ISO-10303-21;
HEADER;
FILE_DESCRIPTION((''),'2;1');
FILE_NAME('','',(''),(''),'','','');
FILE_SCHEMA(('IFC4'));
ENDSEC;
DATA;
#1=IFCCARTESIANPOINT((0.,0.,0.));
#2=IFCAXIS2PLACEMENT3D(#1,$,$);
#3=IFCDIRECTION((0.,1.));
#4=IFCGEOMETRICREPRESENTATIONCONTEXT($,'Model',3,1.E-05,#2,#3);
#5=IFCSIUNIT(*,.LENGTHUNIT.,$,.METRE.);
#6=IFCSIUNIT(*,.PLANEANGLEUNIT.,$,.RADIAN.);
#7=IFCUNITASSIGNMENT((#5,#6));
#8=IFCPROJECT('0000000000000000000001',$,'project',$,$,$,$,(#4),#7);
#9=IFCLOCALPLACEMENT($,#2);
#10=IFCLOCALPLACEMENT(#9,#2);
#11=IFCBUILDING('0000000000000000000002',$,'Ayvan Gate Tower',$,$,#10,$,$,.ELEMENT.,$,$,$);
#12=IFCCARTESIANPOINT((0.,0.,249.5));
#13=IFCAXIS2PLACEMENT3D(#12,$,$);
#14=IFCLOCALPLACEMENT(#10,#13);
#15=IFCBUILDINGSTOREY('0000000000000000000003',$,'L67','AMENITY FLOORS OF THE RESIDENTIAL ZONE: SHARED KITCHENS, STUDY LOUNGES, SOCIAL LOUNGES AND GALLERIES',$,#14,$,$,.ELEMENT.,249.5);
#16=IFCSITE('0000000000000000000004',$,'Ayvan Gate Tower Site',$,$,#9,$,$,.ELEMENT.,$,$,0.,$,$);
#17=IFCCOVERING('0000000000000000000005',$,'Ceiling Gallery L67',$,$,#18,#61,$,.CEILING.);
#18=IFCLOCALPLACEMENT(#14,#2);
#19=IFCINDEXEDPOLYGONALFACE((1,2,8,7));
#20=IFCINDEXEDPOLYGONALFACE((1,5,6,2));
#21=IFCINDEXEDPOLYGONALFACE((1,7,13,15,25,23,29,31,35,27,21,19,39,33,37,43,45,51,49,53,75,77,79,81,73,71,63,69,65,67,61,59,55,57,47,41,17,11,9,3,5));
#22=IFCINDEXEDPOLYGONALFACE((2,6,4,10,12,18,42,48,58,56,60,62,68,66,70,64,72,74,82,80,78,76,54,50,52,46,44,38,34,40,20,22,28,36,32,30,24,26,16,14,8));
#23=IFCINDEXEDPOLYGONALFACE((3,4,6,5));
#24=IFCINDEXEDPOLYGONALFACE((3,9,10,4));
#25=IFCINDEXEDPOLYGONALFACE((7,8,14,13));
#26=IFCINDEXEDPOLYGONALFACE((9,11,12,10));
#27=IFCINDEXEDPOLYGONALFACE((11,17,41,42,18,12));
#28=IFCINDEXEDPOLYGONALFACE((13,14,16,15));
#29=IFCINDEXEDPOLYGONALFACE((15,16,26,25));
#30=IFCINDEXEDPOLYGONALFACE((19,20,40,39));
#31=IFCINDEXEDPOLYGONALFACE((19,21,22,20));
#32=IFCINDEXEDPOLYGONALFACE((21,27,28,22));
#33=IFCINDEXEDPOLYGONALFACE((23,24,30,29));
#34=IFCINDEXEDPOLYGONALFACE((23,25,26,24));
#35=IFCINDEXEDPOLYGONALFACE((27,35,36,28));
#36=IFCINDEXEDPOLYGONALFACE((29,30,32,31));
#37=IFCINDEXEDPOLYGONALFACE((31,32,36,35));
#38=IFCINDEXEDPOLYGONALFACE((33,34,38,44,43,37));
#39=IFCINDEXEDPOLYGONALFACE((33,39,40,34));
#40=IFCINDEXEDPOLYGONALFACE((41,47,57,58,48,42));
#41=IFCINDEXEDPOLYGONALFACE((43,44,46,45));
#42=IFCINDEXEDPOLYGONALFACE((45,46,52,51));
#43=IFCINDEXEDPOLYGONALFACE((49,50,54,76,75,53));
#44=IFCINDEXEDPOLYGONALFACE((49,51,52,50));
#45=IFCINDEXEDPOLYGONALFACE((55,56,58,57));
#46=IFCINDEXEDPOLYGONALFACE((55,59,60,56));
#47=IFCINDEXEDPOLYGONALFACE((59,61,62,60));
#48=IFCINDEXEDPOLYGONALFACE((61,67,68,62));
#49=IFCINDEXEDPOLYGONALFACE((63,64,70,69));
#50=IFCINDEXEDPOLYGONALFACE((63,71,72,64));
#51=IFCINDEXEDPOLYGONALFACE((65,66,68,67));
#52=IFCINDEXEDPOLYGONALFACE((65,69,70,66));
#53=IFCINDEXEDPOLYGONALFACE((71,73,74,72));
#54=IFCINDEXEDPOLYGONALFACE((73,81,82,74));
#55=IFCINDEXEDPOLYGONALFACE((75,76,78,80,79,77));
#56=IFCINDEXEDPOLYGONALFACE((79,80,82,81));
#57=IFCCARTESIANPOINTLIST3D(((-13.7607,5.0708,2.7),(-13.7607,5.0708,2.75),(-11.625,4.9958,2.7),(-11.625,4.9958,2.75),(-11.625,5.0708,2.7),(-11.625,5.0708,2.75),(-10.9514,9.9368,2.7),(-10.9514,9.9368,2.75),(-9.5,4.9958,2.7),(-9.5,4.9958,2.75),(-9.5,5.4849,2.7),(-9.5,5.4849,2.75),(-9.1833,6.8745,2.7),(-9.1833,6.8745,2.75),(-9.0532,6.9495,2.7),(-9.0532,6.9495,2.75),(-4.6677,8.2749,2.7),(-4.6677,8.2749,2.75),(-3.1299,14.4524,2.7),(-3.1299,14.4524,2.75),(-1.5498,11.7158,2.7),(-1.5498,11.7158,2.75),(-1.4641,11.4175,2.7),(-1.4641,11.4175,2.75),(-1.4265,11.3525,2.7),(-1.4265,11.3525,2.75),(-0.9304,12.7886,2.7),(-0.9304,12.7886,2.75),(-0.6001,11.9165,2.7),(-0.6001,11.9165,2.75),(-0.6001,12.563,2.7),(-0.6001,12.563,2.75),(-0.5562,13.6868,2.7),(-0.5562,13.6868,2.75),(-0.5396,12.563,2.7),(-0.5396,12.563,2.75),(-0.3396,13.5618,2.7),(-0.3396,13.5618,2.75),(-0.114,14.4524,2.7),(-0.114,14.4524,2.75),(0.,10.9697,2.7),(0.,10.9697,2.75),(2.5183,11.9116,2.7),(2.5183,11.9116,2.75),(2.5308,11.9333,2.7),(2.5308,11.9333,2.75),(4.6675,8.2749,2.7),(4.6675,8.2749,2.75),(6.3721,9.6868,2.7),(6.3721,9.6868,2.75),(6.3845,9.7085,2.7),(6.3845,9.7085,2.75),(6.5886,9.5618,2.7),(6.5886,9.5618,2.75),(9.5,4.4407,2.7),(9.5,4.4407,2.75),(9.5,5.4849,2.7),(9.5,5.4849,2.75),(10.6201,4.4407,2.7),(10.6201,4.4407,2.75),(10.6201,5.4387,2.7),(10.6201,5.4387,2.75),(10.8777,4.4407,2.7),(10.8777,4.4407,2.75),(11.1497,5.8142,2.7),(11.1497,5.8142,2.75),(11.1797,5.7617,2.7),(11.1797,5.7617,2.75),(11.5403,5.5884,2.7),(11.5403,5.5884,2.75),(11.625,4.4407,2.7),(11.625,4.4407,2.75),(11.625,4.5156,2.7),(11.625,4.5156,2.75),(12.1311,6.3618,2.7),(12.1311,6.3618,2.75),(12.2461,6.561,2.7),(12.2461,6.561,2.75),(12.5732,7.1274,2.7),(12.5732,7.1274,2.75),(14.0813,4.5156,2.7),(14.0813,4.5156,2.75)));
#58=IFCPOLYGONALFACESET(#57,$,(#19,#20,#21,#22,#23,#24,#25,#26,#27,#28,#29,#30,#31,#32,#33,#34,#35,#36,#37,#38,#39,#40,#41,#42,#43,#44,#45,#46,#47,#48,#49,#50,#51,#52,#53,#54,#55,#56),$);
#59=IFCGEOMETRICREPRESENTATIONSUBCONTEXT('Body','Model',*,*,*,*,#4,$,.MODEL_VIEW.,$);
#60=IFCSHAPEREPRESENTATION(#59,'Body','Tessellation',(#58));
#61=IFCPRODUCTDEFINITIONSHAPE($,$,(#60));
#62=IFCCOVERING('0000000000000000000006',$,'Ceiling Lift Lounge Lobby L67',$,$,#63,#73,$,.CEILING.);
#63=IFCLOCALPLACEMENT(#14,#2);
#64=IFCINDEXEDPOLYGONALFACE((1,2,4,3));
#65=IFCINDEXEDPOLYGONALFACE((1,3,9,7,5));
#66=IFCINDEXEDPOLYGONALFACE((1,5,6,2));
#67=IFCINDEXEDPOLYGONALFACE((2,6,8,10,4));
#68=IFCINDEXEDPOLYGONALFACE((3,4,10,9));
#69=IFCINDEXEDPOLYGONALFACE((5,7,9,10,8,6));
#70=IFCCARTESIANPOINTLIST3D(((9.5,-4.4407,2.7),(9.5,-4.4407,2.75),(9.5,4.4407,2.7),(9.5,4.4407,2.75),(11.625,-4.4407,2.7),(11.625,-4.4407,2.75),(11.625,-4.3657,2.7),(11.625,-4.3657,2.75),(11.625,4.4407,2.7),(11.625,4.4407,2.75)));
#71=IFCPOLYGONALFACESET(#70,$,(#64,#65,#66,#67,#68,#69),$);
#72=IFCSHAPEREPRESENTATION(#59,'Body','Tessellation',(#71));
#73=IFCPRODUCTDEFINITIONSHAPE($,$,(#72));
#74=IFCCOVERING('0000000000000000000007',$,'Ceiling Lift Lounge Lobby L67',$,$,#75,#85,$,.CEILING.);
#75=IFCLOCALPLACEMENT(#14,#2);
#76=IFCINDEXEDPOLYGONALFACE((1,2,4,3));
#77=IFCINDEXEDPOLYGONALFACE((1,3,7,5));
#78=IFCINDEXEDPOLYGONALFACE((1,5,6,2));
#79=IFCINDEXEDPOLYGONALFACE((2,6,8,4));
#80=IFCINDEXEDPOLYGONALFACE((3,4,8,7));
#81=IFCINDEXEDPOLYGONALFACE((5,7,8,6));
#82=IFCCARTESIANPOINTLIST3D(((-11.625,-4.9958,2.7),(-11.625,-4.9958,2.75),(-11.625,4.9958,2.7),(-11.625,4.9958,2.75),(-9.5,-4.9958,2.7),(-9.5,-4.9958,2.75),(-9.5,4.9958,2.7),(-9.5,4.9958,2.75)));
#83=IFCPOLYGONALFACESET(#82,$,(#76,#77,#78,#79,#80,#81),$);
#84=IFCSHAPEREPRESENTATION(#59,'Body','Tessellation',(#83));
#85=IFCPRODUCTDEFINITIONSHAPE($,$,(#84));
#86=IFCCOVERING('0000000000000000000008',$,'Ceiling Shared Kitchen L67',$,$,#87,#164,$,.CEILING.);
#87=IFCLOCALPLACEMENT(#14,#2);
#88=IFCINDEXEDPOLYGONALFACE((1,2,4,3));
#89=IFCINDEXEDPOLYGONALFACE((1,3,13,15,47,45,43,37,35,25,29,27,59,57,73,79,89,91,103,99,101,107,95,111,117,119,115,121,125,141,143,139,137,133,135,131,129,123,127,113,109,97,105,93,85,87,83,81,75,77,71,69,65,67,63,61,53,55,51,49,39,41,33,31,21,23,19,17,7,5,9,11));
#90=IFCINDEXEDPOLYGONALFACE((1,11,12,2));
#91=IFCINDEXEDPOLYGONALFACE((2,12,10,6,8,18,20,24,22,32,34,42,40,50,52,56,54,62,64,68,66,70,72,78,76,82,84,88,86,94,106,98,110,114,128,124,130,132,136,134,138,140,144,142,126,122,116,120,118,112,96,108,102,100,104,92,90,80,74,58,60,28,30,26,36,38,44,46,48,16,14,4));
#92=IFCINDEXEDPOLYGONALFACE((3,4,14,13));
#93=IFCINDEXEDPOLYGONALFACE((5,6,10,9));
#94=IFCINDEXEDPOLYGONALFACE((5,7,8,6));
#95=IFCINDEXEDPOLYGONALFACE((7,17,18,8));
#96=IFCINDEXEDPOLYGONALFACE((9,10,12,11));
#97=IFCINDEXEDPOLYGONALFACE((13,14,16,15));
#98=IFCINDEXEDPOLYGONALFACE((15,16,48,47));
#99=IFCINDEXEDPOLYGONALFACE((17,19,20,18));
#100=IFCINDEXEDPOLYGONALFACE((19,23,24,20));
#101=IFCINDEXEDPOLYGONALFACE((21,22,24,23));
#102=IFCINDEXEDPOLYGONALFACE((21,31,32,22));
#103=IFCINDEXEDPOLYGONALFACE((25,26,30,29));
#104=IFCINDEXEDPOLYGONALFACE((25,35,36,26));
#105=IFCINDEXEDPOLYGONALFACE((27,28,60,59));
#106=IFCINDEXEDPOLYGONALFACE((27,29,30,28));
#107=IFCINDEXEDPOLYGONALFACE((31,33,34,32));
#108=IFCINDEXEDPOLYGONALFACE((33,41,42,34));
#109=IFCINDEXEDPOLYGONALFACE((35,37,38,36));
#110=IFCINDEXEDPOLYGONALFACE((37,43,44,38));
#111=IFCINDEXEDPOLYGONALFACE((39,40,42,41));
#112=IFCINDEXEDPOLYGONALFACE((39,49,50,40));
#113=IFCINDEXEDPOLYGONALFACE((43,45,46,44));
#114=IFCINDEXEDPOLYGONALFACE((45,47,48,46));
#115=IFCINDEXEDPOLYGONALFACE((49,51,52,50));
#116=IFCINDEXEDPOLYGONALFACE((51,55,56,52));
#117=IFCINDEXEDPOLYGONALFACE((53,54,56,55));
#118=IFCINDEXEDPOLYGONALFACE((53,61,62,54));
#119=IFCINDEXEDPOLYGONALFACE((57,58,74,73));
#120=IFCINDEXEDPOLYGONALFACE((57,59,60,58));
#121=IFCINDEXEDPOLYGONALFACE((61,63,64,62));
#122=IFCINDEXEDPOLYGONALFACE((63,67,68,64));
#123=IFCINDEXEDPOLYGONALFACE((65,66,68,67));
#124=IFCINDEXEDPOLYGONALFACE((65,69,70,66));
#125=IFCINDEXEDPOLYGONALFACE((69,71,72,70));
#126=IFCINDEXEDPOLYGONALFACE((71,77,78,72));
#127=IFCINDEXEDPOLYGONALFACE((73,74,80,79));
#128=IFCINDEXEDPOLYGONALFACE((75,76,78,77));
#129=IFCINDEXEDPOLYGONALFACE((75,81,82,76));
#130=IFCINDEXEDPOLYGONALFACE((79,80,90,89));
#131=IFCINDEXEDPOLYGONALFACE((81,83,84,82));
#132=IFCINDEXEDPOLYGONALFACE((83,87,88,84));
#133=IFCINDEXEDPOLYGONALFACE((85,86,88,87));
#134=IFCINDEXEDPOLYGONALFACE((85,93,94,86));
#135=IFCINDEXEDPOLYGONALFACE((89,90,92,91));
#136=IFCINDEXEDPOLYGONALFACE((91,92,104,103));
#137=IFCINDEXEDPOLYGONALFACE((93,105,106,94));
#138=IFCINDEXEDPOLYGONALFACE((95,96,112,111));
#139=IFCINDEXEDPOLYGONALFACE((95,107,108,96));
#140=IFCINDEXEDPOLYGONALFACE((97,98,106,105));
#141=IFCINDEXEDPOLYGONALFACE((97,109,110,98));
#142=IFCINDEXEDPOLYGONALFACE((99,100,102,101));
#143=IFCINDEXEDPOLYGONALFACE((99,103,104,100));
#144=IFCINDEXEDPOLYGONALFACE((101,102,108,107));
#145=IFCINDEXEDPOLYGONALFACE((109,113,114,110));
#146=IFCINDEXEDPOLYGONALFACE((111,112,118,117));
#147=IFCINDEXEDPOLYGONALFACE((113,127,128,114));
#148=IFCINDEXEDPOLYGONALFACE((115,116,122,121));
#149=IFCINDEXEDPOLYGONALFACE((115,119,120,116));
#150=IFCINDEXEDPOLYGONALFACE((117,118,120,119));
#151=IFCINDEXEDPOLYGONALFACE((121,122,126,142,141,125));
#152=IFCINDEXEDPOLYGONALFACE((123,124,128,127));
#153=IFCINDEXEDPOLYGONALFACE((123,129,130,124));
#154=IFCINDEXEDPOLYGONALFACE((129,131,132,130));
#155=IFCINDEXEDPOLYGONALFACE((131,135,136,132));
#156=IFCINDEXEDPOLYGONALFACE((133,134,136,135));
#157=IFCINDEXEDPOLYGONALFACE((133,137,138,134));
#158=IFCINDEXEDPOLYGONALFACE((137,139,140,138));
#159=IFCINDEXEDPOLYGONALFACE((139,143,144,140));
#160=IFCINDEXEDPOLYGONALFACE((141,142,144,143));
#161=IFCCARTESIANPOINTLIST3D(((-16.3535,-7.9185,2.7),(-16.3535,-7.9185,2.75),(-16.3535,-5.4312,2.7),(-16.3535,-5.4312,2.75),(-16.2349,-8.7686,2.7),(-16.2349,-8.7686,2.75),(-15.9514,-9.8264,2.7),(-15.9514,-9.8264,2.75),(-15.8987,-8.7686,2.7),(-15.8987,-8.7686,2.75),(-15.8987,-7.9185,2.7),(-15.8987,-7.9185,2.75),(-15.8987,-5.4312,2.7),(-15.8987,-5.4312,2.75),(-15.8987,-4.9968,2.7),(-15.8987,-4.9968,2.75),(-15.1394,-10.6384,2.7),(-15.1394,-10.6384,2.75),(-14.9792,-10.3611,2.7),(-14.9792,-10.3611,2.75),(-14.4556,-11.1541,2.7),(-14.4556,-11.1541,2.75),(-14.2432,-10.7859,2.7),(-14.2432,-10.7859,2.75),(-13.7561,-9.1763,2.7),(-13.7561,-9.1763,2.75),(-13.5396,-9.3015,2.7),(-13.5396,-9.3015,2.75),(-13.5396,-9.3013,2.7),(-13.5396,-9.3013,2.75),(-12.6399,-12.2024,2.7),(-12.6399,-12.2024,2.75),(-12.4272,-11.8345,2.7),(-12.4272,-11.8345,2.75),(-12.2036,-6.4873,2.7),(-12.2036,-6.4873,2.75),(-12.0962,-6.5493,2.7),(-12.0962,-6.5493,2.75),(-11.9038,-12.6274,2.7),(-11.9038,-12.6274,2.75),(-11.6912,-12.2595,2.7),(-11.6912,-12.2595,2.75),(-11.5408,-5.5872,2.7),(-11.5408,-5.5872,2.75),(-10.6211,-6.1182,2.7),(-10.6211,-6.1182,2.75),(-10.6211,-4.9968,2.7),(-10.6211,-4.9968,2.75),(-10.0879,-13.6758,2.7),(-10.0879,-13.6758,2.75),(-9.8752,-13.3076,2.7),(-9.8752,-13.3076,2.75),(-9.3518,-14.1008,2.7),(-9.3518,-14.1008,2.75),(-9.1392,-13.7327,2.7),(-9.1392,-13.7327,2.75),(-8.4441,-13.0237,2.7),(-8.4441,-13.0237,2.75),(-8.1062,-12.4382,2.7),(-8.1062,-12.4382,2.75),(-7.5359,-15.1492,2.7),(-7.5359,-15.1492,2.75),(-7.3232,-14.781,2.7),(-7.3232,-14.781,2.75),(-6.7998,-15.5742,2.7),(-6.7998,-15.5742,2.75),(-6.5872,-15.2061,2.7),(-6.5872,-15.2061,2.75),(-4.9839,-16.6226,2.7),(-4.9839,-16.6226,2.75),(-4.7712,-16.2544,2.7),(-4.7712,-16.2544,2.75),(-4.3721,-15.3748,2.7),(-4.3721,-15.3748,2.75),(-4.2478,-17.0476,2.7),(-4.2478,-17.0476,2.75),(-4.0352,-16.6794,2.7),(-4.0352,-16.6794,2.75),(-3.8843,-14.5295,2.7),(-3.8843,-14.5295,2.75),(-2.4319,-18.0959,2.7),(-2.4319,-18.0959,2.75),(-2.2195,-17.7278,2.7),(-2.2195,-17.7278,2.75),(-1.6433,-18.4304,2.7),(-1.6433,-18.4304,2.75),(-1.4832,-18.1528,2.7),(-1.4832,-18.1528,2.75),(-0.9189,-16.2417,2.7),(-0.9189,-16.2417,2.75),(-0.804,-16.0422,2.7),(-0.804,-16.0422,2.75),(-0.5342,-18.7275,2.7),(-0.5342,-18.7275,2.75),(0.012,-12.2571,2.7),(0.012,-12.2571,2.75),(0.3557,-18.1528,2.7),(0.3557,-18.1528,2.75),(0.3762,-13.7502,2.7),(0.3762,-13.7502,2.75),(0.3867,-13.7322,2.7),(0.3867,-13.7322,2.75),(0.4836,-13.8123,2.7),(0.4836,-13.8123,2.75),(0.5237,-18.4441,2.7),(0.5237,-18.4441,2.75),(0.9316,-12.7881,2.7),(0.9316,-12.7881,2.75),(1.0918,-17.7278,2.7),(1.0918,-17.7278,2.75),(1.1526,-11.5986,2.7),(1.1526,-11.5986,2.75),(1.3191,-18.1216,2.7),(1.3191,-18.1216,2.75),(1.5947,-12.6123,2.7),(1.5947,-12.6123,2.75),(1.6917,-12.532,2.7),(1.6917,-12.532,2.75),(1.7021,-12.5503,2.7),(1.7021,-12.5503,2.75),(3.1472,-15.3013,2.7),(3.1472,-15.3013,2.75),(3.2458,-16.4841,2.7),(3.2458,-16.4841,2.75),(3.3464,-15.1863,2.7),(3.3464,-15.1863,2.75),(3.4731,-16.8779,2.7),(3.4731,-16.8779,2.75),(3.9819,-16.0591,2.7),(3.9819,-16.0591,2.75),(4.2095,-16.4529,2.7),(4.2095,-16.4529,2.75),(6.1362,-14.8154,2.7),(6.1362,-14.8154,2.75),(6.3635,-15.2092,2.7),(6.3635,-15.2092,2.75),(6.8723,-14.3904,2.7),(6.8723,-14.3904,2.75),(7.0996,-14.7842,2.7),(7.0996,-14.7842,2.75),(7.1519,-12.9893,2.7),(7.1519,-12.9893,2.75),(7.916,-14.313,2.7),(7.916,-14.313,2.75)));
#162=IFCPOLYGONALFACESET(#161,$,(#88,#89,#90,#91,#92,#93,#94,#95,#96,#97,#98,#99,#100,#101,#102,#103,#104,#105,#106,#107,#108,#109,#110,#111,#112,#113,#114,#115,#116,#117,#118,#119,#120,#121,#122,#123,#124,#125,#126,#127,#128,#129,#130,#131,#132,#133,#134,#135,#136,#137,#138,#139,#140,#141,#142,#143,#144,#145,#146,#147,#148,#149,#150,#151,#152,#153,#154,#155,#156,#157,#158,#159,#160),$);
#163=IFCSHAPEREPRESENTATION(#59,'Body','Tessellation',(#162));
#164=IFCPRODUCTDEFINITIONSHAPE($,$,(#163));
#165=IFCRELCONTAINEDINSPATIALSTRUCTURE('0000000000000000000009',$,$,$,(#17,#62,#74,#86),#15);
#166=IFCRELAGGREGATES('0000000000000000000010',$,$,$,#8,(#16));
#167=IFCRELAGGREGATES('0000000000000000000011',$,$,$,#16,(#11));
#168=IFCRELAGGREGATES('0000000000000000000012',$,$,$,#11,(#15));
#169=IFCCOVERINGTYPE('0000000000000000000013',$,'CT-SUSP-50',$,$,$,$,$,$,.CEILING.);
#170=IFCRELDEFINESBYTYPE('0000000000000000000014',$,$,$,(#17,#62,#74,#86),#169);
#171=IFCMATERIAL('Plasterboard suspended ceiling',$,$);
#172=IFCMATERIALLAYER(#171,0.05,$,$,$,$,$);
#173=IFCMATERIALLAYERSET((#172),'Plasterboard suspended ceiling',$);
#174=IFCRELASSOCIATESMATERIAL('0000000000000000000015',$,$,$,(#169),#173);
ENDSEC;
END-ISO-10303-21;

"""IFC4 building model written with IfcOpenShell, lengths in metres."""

from ifc_helpers import new_model, si_unit, direction, frame, origin, place, context, subcontext, project, spatial, polyline, outline, extrude, material, layer, layer_set, type_object, element, save


model = new_model("IFC4")

# Units and contexts
model_context = context("Model", 3, precision=1e-05, world=origin(), true_north=direction((0.0, 1.0)))
body_context = subcontext(model_context, "Body", "Model", "MODEL_VIEW")
ifc_project = project(units=[si_unit("LENGTHUNIT", "METRE"), si_unit("PLANEANGLEUNIT", "RADIAN")], contexts=[model_context])

# Site, building, storey
site_placement = place(None, origin())
site = spatial("IfcSite", under=ifc_project, at=site_placement, Name="Ayvan Gate Tower Site", CompositionType="ELEMENT", RefElevation=0.0)
building_placement = place(site_placement, origin())
building = spatial("IfcBuilding", under=site, at=building_placement, Name="Ayvan Gate Tower", CompositionType="ELEMENT")
storey_placement = place(building_placement, frame((0.0, 0.0, 249.5)))
storey = spatial("IfcBuildingStorey", under=building, at=storey_placement, Name="L67", Description="AMENITY FLOORS OF THE RESIDENTIAL ZONE: SHARED KITCHENS, STUDY LOUNGES, SOCIAL LOUNGES AND GALLERIES", CompositionType="ELEMENT", Elevation=249.5)

# Coverings
ifc_material_1 = material(Name="Plasterboard suspended ceiling")
ifc_layer_1 = layer(ifc_material_1, 0.05)
ifc_layer_set_1 = layer_set([ifc_layer_1], Name="Plasterboard suspended ceiling")
covering_type = type_object("IfcCoveringType", Name="CT-SUSP-50", PredefinedType="CEILING", material=ifc_layer_set_1)
covering_1_placement = place(storey_placement, frame((0.0, 0.0, 2.7)))
element("IfcCovering", 1, at=covering_1_placement, inside=storey, type_object=covering_type, Name="Ceiling Gallery L67", PredefinedType="CEILING", context=body_context, shape_type="SweptSolid", body=[
    extrude(outline(polyline([(-1.4265, 11.3525), (-1.4641, 11.4175), (-0.6001, 11.9165), (-0.6001, 12.563), (-0.5396, 12.563), (-0.9304, 12.7886), (-1.5498, 11.7158), (-3.1299, 14.4524), (-0.114, 14.4524), (-0.5562, 13.6868), (-0.3396, 13.5618), (2.5183, 11.9116), (2.5308, 11.9333), (6.3845, 9.7085), (6.3721, 9.6868), (6.5886, 9.5618), (12.1311, 6.3618), (12.2461, 6.561), (12.5732, 7.1274), (14.0813, 4.5156), (11.625, 4.5156), (11.625, 4.4407), (10.8777, 4.4407), (11.5403, 5.5884), (11.1497, 5.8142), (11.1797, 5.7617), (10.6201, 5.4387), (10.6201, 4.4407), (9.5, 4.4407), (9.5, 5.4849), (4.6675, 8.2749), (0.0, 10.9697), (-4.6677, 8.2749), (-9.5, 5.4849), (-9.5, 4.9958), (-11.625, 4.9958), (-11.625, 5.0708), (-13.7607, 5.0708), (-10.9514, 9.9368), (-9.1833, 6.8745), (-9.0532, 6.9495), (-1.4265, 11.3525)])), origin(), (0.0, 0.0, 1.0), 0.05),
])
covering_2_placement = place(storey_placement, frame((0.0, 0.0, 2.7)))
element("IfcCovering", 2, at=covering_2_placement, inside=storey, type_object=covering_type, Name="Ceiling Lift Lounge Lobby L67", PredefinedType="CEILING", context=body_context, shape_type="SweptSolid", body=[
    extrude(outline(polyline([(11.625, -4.4407), (9.5, -4.4407), (9.5, 4.4407), (11.625, 4.4407), (11.625, -4.3657), (11.625, -4.3657), (11.625, -4.4407)])), origin(), (0.0, 0.0, 1.0), 0.05),
])
covering_3_placement = place(storey_placement, frame((0.0, 0.0, 2.7)))
element("IfcCovering", 3, at=covering_3_placement, inside=storey, type_object=covering_type, Name="Ceiling Lift Lounge Lobby L67", PredefinedType="CEILING", context=body_context, shape_type="SweptSolid", body=[
    extrude(outline(polyline([(-11.625, 4.9958), (-9.5, 4.9958), (-9.5, -4.9958), (-11.625, -4.9958), (-11.625, 4.9958)])), origin(), (0.0, 0.0, 1.0), 0.05),
])
covering_4_placement = place(storey_placement, frame((0.0, 0.0, 2.7)))
element("IfcCovering", 4, at=covering_4_placement, inside=storey, type_object=covering_type, Name="Ceiling Shared Kitchen L67", PredefinedType="CEILING", context=body_context, shape_type="SweptSolid", body=[
    extrude(outline(polyline([(-13.5396, -9.3015), (-8.1062, -12.4382), (-8.4441, -13.0237), (-4.3721, -15.3748), (-3.8843, -14.5295), (-0.9189, -16.2417), (-0.804, -16.0422), (0.4836, -13.8123), (0.3762, -13.7502), (0.3867, -13.7322), (0.9316, -12.7881), (0.012, -12.2571), (1.1526, -11.5986), (1.6917, -12.532), (1.7021, -12.5503), (1.5947, -12.6123), (3.1472, -15.3013), (3.3464, -15.1863), (7.1519, -12.9893), (7.916, -14.313), (7.0996, -14.7842), (6.8723, -14.3904), (6.1362, -14.8154), (6.3635, -15.2092), (4.2095, -16.4529), (3.9819, -16.0591), (3.2458, -16.4841), (3.4731, -16.8779), (1.3191, -18.1216), (1.0918, -17.7278), (0.3557, -18.1528), (0.5237, -18.4441), (-0.5342, -18.7275), (-1.6433, -18.4304), (-1.4832, -18.1528), (-2.2195, -17.7278), (-2.4319, -18.0959), (-4.2478, -17.0476), (-4.0352, -16.6794), (-4.7712, -16.2544), (-4.9839, -16.6226), (-6.7998, -15.5742), (-6.5872, -15.2061), (-7.3232, -14.781), (-7.5359, -15.1492), (-9.3518, -14.1008), (-9.1392, -13.7327), (-9.8752, -13.3076), (-10.0879, -13.6758), (-11.9038, -12.6274), (-11.6912, -12.2595), (-12.4272, -11.8345), (-12.6399, -12.2024), (-14.4556, -11.1541), (-14.2432, -10.7859), (-14.9792, -10.3611), (-15.1394, -10.6384), (-15.9514, -9.8264), (-16.2349, -8.7686), (-15.8987, -8.7686), (-15.8987, -7.9185), (-16.3535, -7.9185), (-16.3535, -5.4312), (-15.8987, -5.4312), (-15.8987, -4.9968), (-10.6211, -4.9968), (-10.6211, -6.1182), (-11.5408, -5.5872), (-12.0962, -6.5493), (-12.2036, -6.4873), (-13.7561, -9.1763), (-13.5396, -9.3013), (-13.5396, -9.3015)])), origin(), (0.0, 0.0, 1.0), 0.05),
])

save(model, "model.ifc")
